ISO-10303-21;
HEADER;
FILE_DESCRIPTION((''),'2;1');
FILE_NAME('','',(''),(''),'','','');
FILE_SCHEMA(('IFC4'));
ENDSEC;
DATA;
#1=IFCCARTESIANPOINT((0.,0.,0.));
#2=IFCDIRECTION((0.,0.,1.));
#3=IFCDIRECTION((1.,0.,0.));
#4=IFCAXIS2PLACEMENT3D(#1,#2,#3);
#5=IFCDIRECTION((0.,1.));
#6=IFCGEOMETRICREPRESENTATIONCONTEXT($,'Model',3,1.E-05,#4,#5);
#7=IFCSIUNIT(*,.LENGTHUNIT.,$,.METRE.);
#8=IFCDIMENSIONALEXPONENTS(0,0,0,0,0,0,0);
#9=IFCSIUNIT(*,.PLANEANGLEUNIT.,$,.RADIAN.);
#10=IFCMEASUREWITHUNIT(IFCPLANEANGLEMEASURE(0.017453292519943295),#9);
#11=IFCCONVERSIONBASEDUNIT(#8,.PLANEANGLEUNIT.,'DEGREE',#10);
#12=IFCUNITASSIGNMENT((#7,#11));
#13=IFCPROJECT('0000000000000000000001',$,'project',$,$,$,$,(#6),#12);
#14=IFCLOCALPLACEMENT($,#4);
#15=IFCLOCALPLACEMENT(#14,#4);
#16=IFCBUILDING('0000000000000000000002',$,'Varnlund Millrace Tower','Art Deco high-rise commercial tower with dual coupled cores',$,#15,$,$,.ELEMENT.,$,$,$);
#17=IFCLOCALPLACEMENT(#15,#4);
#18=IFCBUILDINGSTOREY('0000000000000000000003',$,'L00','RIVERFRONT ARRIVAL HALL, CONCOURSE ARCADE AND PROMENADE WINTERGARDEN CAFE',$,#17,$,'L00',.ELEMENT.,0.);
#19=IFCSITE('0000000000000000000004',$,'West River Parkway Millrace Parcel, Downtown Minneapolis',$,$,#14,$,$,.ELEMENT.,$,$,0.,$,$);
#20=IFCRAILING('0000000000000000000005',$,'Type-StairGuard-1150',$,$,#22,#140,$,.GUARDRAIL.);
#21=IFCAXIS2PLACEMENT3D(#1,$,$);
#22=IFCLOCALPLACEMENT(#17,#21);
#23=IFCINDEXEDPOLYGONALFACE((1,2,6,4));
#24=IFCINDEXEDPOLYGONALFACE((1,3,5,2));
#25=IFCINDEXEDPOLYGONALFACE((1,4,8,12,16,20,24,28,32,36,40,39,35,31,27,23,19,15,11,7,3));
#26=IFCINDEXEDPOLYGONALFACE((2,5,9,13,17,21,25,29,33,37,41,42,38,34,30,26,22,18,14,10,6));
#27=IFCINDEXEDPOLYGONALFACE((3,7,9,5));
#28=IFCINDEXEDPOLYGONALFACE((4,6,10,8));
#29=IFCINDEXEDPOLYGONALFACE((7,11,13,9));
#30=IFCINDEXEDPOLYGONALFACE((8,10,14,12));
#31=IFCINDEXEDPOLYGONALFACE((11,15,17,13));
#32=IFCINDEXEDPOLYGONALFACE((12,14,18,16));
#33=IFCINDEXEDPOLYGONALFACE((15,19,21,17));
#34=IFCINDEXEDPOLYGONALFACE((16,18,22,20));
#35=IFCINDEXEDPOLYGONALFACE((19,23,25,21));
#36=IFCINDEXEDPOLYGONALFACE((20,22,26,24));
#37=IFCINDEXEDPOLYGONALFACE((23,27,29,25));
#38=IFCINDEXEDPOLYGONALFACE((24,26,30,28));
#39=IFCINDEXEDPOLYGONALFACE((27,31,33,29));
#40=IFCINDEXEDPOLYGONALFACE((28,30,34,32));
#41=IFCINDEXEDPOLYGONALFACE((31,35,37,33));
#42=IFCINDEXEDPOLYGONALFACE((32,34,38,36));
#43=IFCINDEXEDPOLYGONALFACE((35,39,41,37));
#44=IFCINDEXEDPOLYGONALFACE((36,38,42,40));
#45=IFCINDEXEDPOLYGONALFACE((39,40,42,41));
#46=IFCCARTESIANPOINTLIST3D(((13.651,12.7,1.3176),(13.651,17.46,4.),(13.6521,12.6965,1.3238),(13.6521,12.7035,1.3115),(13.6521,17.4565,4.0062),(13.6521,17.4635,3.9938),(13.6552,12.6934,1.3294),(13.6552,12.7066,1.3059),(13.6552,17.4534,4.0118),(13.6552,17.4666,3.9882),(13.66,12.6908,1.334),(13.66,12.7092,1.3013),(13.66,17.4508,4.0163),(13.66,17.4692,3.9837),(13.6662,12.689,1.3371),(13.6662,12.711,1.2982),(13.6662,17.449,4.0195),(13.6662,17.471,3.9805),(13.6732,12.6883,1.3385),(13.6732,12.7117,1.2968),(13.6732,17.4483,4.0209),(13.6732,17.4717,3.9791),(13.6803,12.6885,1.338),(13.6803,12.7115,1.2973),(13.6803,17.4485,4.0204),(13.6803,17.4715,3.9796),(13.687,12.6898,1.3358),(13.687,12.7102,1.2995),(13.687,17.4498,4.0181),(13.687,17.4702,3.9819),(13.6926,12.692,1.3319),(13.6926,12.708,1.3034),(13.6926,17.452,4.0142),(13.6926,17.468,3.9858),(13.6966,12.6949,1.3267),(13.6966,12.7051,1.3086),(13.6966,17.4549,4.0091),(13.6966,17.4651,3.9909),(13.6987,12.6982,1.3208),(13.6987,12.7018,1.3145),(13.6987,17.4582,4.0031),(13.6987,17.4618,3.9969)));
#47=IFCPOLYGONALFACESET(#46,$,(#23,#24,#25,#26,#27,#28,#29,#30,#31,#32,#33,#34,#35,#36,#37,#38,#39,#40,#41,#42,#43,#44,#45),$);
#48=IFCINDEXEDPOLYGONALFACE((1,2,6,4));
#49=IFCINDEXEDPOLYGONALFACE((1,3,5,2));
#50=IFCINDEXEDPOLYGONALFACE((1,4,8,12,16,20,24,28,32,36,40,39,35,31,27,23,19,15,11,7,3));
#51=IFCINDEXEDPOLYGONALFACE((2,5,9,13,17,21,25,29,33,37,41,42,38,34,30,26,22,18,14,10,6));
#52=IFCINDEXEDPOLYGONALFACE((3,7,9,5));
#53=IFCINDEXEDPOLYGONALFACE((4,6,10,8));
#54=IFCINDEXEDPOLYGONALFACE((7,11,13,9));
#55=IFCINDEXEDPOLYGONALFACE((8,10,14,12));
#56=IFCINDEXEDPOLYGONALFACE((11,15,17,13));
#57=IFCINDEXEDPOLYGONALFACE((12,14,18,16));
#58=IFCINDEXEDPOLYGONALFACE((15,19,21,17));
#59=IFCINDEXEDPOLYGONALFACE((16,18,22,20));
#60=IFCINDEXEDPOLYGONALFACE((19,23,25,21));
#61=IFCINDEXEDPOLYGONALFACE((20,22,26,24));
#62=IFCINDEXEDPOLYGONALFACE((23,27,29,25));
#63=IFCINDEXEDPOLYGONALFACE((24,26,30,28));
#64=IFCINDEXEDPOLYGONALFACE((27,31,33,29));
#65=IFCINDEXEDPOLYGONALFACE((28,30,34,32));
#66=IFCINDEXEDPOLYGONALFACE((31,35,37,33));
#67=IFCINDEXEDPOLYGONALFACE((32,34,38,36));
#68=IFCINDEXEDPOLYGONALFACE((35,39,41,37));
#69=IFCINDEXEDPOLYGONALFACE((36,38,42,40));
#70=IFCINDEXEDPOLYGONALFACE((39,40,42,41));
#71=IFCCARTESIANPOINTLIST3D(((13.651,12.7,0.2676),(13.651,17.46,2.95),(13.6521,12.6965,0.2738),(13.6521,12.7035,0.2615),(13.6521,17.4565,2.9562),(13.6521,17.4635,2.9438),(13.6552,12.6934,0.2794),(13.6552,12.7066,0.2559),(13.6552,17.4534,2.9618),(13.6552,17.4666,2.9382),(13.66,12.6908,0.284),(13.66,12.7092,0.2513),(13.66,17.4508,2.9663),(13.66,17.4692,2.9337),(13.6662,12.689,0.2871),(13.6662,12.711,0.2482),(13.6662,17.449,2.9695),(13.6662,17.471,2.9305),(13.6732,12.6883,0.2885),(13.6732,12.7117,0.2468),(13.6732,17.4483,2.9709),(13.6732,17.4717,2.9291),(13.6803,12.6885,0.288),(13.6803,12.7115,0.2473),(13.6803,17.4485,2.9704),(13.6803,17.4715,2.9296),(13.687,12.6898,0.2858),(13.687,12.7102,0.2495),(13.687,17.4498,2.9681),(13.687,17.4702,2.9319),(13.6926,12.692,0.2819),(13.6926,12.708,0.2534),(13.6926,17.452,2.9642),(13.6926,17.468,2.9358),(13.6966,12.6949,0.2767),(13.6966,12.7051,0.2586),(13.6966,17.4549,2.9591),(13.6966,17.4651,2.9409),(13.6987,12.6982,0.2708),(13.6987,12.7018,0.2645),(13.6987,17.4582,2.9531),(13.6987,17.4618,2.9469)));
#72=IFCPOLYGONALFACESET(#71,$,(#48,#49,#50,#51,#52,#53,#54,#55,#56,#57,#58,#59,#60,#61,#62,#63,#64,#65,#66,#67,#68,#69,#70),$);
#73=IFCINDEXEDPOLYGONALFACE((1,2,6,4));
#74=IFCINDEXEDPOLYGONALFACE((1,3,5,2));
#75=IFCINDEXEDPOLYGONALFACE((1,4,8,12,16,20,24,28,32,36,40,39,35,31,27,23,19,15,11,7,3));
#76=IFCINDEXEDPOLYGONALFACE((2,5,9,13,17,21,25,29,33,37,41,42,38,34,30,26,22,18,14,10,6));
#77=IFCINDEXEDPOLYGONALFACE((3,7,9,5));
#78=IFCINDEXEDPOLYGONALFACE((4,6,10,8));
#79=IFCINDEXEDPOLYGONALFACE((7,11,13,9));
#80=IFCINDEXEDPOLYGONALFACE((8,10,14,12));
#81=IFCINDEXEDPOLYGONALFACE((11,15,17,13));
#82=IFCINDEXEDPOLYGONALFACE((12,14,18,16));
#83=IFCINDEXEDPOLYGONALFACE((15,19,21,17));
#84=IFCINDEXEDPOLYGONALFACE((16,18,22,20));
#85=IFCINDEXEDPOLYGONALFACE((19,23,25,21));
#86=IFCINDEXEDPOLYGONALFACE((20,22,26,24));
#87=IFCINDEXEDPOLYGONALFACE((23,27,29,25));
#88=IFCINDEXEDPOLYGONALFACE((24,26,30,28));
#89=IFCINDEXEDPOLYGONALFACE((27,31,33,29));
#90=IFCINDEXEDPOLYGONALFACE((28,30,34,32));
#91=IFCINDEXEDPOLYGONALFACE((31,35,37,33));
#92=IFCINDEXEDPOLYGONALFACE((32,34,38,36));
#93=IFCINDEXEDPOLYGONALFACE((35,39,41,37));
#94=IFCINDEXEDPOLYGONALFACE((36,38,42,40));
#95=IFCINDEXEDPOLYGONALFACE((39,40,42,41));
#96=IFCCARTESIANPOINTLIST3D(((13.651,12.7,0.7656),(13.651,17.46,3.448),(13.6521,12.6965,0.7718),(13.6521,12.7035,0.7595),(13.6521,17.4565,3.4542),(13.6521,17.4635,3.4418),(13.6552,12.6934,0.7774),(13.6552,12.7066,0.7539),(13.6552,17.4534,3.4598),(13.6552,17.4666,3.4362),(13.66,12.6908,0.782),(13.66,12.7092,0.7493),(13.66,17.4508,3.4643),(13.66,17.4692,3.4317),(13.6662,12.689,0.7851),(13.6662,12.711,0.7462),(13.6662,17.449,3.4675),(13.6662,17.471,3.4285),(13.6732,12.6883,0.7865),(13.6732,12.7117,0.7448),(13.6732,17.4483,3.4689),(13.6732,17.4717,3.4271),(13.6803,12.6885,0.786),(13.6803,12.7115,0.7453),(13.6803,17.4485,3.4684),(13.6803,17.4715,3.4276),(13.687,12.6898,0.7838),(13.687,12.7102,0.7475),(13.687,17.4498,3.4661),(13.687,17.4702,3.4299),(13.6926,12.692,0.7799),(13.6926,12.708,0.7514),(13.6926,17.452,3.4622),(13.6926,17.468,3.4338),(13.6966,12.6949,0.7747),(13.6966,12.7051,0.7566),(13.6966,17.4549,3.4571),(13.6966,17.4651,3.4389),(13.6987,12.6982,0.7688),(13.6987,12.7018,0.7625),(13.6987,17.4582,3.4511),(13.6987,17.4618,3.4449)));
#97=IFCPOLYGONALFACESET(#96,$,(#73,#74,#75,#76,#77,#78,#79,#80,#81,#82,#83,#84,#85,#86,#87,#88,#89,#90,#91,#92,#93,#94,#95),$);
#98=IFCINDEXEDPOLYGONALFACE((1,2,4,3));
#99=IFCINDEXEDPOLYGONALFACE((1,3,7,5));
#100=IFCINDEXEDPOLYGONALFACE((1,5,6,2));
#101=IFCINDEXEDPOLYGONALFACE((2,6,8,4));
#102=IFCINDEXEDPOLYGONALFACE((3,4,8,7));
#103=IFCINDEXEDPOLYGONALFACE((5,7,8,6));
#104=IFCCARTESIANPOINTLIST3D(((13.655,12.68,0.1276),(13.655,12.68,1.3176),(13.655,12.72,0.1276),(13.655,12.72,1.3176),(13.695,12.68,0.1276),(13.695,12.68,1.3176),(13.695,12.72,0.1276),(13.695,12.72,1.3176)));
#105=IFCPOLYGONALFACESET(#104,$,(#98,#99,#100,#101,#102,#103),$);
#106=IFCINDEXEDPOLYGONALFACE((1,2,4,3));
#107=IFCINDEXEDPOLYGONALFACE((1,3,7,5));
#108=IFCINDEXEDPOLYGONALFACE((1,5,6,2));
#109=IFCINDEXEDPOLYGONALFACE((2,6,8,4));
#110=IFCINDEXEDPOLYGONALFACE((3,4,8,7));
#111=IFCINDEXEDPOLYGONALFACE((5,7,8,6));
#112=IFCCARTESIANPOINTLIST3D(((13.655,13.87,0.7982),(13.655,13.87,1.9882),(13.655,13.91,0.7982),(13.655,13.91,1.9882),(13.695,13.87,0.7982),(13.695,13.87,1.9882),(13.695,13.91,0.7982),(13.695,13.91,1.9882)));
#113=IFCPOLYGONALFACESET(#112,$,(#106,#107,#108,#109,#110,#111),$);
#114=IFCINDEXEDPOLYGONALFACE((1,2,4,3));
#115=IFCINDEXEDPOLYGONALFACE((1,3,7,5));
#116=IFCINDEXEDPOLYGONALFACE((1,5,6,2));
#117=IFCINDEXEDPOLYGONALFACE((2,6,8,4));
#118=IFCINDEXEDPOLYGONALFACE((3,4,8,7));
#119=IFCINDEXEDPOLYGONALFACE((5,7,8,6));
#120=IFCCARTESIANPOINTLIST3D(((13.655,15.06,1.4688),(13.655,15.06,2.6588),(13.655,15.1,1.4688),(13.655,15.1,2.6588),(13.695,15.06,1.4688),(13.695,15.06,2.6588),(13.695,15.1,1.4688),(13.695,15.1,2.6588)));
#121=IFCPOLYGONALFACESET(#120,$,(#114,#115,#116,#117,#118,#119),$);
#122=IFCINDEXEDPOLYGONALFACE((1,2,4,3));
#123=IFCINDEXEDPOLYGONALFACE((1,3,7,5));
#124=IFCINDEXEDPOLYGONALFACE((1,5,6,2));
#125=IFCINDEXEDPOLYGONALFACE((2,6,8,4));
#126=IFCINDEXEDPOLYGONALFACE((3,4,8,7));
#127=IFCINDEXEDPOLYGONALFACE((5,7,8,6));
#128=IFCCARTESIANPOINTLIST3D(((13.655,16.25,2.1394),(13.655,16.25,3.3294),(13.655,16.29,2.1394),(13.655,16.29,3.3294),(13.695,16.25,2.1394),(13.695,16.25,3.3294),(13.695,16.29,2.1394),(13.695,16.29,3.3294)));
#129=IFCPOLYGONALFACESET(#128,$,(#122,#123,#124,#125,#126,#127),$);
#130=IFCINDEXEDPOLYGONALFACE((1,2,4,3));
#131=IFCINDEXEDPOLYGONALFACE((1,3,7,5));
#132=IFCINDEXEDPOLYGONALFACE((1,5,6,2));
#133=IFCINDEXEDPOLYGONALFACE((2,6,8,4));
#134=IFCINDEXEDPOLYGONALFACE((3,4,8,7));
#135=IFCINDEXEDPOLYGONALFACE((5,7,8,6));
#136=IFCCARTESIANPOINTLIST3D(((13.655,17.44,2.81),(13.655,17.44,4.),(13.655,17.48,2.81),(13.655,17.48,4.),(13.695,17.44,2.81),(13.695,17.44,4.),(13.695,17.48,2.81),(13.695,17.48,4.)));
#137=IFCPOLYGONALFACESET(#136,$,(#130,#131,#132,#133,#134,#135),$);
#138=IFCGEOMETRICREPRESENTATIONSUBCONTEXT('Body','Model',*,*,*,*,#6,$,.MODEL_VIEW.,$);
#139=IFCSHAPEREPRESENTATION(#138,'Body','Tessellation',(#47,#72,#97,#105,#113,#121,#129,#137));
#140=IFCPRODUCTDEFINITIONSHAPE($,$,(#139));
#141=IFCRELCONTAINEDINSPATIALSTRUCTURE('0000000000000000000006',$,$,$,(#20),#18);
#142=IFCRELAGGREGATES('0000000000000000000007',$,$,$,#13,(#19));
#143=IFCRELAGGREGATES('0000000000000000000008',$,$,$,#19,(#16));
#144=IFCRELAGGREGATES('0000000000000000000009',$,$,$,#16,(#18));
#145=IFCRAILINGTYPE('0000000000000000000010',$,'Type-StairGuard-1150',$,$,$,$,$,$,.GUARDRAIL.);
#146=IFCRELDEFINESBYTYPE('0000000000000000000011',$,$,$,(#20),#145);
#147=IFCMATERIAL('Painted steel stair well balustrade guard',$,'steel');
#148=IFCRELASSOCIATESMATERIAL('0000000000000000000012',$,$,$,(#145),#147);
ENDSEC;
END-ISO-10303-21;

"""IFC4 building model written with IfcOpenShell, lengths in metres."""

from ifc_helpers import new_model, entity, si_unit, converted_unit, direction, frame, origin_with_axes, origin_2d_with_axis, place, context, subcontext, project, spatial, rectangle, circle, extrude, material, type_object, element, save


model = new_model("IFC4")

# Units and contexts
model_context = context("Model", 3, precision=1e-05, world=origin_with_axes(), true_north=direction((0.0, 1.0)))
body_context = subcontext(model_context, "Body", "Model", "MODEL_VIEW")
ifc_project = project(units=[si_unit("LENGTHUNIT", "METRE"), converted_unit("PLANEANGLEUNIT", "DEGREE", entity("IfcPlaneAngleMeasure", 0.017453292519943295), si_unit("PLANEANGLEUNIT", "RADIAN"), dimensions=[0, 0, 0, 0, 0, 0, 0])], contexts=[model_context])

# Site, building, storey
site_placement = place(None, origin_with_axes())
site = spatial("IfcSite", under=ifc_project, at=site_placement, Name="West River Parkway Millrace Parcel, Downtown Minneapolis", CompositionType="ELEMENT", RefElevation=0.0)
building_placement = place(site_placement, origin_with_axes())
building = spatial("IfcBuilding", under=site, at=building_placement, Name="Varnlund Millrace Tower", Description="Art Deco high-rise commercial tower with dual coupled cores", CompositionType="ELEMENT")
storey_placement = place(building_placement, origin_with_axes())
storey = spatial("IfcBuildingStorey", under=building, at=storey_placement, Name="L00", Description="RIVERFRONT ARRIVAL HALL, CONCOURSE ARCADE AND PROMENADE WINTERGARDEN CAFE", LongName="L00", CompositionType="ELEMENT", Elevation=0.0)

# Railing
ifc_material_1 = material(Name="Painted steel stair well balustrade guard", Category="steel")
railing_type_1 = type_object("IfcRailingType", Name="Type-StairGuard-1150", PredefinedType="GUARDRAIL", material=ifc_material_1)
railing_1_placement = place(storey_placement, origin_with_axes())
element("IfcRailing", 1, at=railing_1_placement, inside=storey, type_object=railing_type_1, Name="Type-StairGuard-1150", PredefinedType="GUARDRAIL", context=body_context, shape_type="SweptSolid", body=[
    extrude(circle(Radius=0.024, at=origin_2d_with_axis()), frame((13.675, 12.7, 1.3176), z_axis=(0.0, 0.871196, 0.490936), x_axis=(-1.0, 0.0, 0.0)), (0.0, 0.0, 1.0), 5.4638),
    extrude(circle(Radius=0.024, at=origin_2d_with_axis()), frame((13.675, 12.7, 0.2676), z_axis=(0.0, 0.871196, 0.490936), x_axis=(-1.0, 0.0, 0.0)), (0.0, 0.0, 1.0), 5.4638),
    extrude(circle(Radius=0.024, at=origin_2d_with_axis()), frame((13.675, 12.7, 0.7656), z_axis=(0.0, 0.871196, 0.490936), x_axis=(-1.0, 0.0, 0.0)), (0.0, 0.0, 1.0), 5.4638),
    extrude(rectangle(XDim=0.04, YDim=0.04, at=origin_2d_with_axis()), frame((13.675, 12.7, 0.1276), z_axis=(0.0, 0.0, 1.0), x_axis=(1.0, 0.0, 0.0)), (0.0, 0.0, 1.0), 1.19),
    extrude(rectangle(XDim=0.04, YDim=0.04, at=origin_2d_with_axis()), frame((13.675, 13.89, 0.7982), z_axis=(0.0, 0.0, 1.0), x_axis=(1.0, 0.0, 0.0)), (0.0, 0.0, 1.0), 1.19),
    extrude(rectangle(XDim=0.04, YDim=0.04, at=origin_2d_with_axis()), frame((13.675, 15.08, 1.4688), z_axis=(0.0, 0.0, 1.0), x_axis=(1.0, 0.0, 0.0)), (0.0, 0.0, 1.0), 1.19),
    extrude(rectangle(XDim=0.04, YDim=0.04, at=origin_2d_with_axis()), frame((13.675, 16.27, 2.1394), z_axis=(0.0, 0.0, 1.0), x_axis=(1.0, 0.0, 0.0)), (0.0, 0.0, 1.0), 1.19),
    extrude(rectangle(XDim=0.04, YDim=0.04, at=origin_2d_with_axis()), frame((13.675, 17.46, 2.81), z_axis=(0.0, 0.0, 1.0), x_axis=(1.0, 0.0, 0.0)), (0.0, 0.0, 1.0), 1.19),
])

save(model, "model.ifc")
